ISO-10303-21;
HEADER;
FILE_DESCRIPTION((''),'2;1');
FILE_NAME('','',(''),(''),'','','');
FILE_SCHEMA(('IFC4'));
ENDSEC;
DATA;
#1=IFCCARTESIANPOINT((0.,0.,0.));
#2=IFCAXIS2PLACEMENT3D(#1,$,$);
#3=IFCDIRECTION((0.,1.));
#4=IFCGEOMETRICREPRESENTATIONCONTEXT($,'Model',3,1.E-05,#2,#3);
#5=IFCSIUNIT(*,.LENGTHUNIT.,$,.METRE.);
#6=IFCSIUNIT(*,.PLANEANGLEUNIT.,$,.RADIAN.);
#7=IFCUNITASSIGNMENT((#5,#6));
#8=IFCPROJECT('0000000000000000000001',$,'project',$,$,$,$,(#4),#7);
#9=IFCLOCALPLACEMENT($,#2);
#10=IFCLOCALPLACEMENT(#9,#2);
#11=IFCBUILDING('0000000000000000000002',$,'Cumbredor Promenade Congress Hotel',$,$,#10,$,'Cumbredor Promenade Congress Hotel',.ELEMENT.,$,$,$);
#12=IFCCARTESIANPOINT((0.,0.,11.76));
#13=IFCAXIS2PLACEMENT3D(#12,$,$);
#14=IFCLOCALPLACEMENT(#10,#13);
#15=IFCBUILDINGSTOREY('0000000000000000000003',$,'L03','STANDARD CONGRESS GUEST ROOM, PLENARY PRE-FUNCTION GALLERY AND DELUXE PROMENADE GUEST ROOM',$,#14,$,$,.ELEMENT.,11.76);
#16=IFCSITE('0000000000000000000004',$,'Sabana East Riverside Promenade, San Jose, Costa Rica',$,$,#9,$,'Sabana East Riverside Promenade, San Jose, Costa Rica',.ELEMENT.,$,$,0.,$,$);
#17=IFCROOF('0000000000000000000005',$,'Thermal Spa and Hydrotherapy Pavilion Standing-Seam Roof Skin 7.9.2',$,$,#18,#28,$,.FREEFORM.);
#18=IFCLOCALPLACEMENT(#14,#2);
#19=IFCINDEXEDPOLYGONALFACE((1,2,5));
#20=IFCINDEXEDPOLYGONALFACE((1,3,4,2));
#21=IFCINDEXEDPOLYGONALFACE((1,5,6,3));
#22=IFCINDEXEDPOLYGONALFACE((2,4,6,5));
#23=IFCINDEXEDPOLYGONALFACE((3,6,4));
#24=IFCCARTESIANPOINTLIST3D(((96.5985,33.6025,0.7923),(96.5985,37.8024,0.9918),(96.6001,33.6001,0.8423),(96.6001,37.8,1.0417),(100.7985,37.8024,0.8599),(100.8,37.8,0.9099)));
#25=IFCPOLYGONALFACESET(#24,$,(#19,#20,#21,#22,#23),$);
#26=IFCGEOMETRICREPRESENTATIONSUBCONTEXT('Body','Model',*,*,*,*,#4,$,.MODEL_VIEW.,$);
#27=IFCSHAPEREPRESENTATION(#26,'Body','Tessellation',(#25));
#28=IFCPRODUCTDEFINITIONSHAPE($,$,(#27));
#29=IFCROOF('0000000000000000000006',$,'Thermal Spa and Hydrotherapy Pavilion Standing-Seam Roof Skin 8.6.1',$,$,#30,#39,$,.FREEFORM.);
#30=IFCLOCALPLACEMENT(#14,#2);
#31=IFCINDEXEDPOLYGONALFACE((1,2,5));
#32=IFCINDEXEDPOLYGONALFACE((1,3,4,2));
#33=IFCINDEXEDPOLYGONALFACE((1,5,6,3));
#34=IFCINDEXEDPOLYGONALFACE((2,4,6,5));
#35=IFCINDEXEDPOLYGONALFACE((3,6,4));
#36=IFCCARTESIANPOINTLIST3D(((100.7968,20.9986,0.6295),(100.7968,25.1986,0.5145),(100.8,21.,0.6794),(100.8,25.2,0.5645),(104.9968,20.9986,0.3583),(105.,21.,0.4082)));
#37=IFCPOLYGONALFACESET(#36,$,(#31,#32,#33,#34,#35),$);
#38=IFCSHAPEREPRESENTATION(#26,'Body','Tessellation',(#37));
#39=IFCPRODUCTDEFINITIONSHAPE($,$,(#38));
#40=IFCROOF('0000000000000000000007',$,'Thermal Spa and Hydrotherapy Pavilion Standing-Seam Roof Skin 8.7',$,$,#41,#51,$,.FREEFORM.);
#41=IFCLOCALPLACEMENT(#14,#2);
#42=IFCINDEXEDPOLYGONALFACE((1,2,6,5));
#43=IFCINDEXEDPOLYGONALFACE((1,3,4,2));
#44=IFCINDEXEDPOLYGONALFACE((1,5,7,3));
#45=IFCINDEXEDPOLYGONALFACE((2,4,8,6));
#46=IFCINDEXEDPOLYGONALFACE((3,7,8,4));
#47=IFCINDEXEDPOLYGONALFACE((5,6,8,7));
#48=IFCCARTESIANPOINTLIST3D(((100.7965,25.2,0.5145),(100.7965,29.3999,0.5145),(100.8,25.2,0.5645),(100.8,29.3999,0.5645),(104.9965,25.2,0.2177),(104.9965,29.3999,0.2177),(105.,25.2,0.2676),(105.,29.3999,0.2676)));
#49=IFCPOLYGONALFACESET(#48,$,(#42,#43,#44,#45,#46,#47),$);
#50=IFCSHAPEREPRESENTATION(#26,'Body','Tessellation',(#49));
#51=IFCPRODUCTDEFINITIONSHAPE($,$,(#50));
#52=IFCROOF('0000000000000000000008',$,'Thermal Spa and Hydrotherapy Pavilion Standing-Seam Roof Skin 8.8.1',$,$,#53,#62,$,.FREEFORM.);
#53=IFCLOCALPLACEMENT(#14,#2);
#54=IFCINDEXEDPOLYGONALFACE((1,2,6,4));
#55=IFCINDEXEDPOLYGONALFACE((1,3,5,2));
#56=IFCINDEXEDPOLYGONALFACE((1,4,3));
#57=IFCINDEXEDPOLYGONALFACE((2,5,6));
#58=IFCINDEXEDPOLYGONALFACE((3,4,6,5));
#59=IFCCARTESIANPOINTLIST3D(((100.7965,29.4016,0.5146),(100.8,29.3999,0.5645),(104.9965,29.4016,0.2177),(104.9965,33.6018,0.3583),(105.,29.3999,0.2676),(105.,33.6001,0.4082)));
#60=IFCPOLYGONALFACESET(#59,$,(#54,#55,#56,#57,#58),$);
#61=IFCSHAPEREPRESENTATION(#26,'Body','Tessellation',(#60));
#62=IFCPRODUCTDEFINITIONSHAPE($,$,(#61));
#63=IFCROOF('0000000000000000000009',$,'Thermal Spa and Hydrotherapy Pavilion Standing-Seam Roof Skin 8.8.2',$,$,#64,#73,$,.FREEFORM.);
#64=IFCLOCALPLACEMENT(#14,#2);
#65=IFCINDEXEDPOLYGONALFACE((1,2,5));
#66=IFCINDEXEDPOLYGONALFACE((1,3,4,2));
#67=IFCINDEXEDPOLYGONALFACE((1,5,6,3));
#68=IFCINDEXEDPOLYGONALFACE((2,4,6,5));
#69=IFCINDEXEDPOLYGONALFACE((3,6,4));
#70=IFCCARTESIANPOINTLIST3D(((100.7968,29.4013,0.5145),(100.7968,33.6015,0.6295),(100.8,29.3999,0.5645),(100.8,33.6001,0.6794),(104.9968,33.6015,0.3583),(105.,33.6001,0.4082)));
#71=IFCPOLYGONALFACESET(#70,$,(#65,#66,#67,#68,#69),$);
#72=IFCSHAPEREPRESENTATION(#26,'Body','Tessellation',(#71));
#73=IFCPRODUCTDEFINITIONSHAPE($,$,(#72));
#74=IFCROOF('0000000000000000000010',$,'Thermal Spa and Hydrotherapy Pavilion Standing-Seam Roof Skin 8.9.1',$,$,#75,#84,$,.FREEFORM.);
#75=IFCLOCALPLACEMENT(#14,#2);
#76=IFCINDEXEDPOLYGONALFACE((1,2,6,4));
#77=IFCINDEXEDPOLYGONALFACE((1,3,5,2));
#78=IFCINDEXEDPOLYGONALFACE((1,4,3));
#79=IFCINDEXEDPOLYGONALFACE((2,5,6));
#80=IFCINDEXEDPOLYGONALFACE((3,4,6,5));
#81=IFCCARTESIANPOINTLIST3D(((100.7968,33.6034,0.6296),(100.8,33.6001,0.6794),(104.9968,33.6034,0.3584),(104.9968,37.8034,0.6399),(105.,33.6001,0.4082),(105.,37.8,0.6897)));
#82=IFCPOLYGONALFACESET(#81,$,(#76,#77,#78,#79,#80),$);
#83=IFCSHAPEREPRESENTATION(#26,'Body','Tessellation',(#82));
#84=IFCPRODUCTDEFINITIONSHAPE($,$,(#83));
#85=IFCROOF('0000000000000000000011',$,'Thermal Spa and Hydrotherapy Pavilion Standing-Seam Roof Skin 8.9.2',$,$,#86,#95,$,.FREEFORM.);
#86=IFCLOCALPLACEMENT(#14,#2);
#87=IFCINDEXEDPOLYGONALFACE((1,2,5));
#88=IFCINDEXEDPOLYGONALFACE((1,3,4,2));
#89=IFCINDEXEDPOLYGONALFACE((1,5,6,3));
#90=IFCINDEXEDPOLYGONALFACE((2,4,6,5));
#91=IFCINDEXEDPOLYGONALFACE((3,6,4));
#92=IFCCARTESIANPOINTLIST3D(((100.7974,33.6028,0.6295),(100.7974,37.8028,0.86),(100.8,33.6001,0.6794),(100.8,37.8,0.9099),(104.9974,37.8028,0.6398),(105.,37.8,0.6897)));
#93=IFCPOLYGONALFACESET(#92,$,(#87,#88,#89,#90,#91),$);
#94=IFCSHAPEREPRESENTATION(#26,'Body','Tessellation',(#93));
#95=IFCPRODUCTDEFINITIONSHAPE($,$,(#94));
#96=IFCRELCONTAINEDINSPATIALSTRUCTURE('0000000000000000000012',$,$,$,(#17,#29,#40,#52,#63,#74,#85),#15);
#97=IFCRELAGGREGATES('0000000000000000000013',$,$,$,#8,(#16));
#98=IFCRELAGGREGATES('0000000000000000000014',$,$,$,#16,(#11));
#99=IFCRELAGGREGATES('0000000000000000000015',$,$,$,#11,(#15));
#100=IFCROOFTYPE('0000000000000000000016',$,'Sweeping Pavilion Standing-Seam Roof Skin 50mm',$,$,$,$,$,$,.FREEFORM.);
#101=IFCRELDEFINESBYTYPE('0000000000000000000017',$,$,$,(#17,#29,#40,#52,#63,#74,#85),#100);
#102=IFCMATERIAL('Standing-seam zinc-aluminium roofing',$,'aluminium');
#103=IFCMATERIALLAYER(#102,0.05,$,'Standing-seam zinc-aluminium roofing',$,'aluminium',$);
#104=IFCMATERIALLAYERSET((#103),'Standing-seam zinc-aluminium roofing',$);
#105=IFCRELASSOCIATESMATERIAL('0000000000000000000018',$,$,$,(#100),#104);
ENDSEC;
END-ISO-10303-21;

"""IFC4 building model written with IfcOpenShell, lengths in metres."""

from ifc_helpers import new_model, si_unit, direction, frame, origin, place, context, subcontext, project, spatial, polyline, outline, extrude, material, layer, layer_set, type_object, element, save


model = new_model("IFC4")

# Units and contexts
model_context = context("Model", 3, precision=1e-05, world=origin(), true_north=direction((0.0, 1.0)))
body_context = subcontext(model_context, "Body", "Model", "MODEL_VIEW")
ifc_project = project(units=[si_unit("LENGTHUNIT", "METRE"), si_unit("PLANEANGLEUNIT", "RADIAN")], contexts=[model_context])

# Site, building, storey
site_placement = place(None, origin())
site = spatial("IfcSite", under=ifc_project, at=site_placement, Name="Sabana East Riverside Promenade, San Jose, Costa Rica", LongName="Sabana East Riverside Promenade, San Jose, Costa Rica", CompositionType="ELEMENT", RefElevation=0.0)
building_placement = place(site_placement, origin())
building = spatial("IfcBuilding", under=site, at=building_placement, Name="Cumbredor Promenade Congress Hotel", LongName="Cumbredor Promenade Congress Hotel", CompositionType="ELEMENT")
storey_placement = place(building_placement, frame((0.0, 0.0, 11.76)))
storey = spatial("IfcBuildingStorey", under=building, at=storey_placement, Name="L03", Description="STANDARD CONGRESS GUEST ROOM, PLENARY PRE-FUNCTION GALLERY AND DELUXE PROMENADE GUEST ROOM", CompositionType="ELEMENT", Elevation=11.76)

# Roofs
ifc_material_1 = material(Name="Standing-seam zinc-aluminium roofing", Category="aluminium")
ifc_layer_1 = layer(ifc_material_1, 0.05, Name="Standing-seam zinc-aluminium roofing", Category="aluminium")
ifc_layer_set_1 = layer_set([ifc_layer_1], Name="Standing-seam zinc-aluminium roofing")
roof_type = type_object("IfcRoofType", Name="Sweeping Pavilion Standing-Seam Roof Skin 50mm", PredefinedType="FREEFORM", material=ifc_layer_set_1)
roof_1_placement = place(storey_placement, frame((96.6001, 33.6001, 0.8423), z_axis=(0.031339, -0.047415, 0.998384), x_axis=(0.707061, 0.707061, 0.011385)))
element("IfcRoof", 1, at=roof_1_placement, inside=storey, type_object=roof_type, Name="Thermal Spa and Hydrotherapy Pavilion Standing-Seam Roof Skin 7.9.2", PredefinedType="FREEFORM", context=body_context, shape_type="SweptSolid", body=[
    extrude(outline(polyline([(0.0, 0.0), (5.94, 0.0), (2.9719, 2.9744), (0.0, 0.0)])), origin(), (0.0, 0.0, -1.0), 0.05),
])
roof_2_placement = place(storey_placement, frame((100.8, 21.0, 0.6794), z_axis=(0.064423, 0.027312, 0.997549), x_axis=(0.997921, 0.0, -0.064447)))
element("IfcRoof", 2, at=roof_2_placement, inside=storey, type_object=roof_type, Name="Thermal Spa and Hydrotherapy Pavilion Standing-Seam Roof Skin 8.6.1", PredefinedType="FREEFORM", context=body_context, shape_type="SweptSolid", body=[
    extrude(outline(polyline([(0.0, 0.0), (4.2087, 0.0), (0.0074, 4.2015), (0.0, 0.0)])), origin(), (0.0, 0.0, -1.0), 0.05),
])
roof_3_placement = place(storey_placement, frame((100.8, 25.2, 0.5645), z_axis=(0.070509, 0.0, 0.997511), x_axis=(0.997511, 0.0, -0.070509)))
element("IfcRoof", 3, at=roof_3_placement, inside=storey, type_object=roof_type, Name="Thermal Spa and Hydrotherapy Pavilion Standing-Seam Roof Skin 8.7", PredefinedType="FREEFORM", context=body_context, shape_type="SweptSolid", body=[
    extrude(outline(polyline([(0.0, 0.0), (4.2104, 0.0), (4.2104, 4.2), (0.0, 4.2), (0.0, 0.0)])), origin(), (0.0, 0.0, -1.0), 0.05),
])
roof_4_placement = place(storey_placement, frame((100.8, 29.3999, 0.5645), z_axis=(0.07047, -0.033379, 0.996955), x_axis=(0.997511, 0.0, -0.070509)))
element("IfcRoof", 4, at=roof_4_placement, inside=storey, type_object=roof_type, Name="Thermal Spa and Hydrotherapy Pavilion Standing-Seam Roof Skin 8.8.1", PredefinedType="FREEFORM", context=body_context, shape_type="SweptSolid", body=[
    extrude(outline(polyline([(0.0, 0.0), (4.2104, 0.0), (4.2005, 4.2025), (0.0, 0.0)])), origin(), (0.0, 0.0, -1.0), 0.05),
])
roof_5_placement = place(storey_placement, frame((100.8, 29.3999, 0.5645), z_axis=(0.064423, -0.02731, 0.997549), x_axis=(0.706842, 0.706883, -0.026297)))
element("IfcRoof", 5, at=roof_5_placement, inside=storey, type_object=roof_type, Name="Thermal Spa and Hydrotherapy Pavilion Standing-Seam Roof Skin 8.8.2", PredefinedType="FREEFORM", context=body_context, shape_type="SweptSolid", body=[
    extrude(outline(polyline([(0.0, 0.0), (5.9419, 0.0), (2.966, 2.9762), (0.0, 0.0)])), origin(), (0.0, 0.0, -1.0), 0.05),
])
roof_6_placement = place(storey_placement, frame((100.8, 33.6001, 0.6794), z_axis=(0.064304, -0.066735, 0.995696), x_axis=(0.997921, 0.0, -0.064447)))
element("IfcRoof", 6, at=roof_6_placement, inside=storey, type_object=roof_type, Name="Thermal Spa and Hydrotherapy Pavilion Standing-Seam Roof Skin 8.9.1", PredefinedType="FREEFORM", context=body_context, shape_type="SweptSolid", body=[
    extrude(outline(polyline([(0.0, 0.0), (4.2087, 0.0), (4.1906, 4.2093), (0.0, 0.0)])), origin(), (0.0, 0.0, -1.0), 0.05),
])
roof_7_placement = place(storey_placement, frame((100.8, 33.6001, 0.6794), z_axis=(0.052282, -0.054717, 0.997132), x_axis=(0.707106, 0.707106, 0.001726)))
element("IfcRoof", 7, at=roof_7_placement, inside=storey, type_object=roof_type, Name="Thermal Spa and Hydrotherapy Pavilion Standing-Seam Roof Skin 8.9.2", PredefinedType="FREEFORM", context=body_context, shape_type="SweptSolid", body=[
    extrude(outline(polyline([(0.0, 0.0), (5.9396, 0.0), (2.9702, 2.9784), (0.0, 0.0)])), origin(), (0.0, 0.0, -1.0), 0.05),
])

save(model, "model.ifc")
